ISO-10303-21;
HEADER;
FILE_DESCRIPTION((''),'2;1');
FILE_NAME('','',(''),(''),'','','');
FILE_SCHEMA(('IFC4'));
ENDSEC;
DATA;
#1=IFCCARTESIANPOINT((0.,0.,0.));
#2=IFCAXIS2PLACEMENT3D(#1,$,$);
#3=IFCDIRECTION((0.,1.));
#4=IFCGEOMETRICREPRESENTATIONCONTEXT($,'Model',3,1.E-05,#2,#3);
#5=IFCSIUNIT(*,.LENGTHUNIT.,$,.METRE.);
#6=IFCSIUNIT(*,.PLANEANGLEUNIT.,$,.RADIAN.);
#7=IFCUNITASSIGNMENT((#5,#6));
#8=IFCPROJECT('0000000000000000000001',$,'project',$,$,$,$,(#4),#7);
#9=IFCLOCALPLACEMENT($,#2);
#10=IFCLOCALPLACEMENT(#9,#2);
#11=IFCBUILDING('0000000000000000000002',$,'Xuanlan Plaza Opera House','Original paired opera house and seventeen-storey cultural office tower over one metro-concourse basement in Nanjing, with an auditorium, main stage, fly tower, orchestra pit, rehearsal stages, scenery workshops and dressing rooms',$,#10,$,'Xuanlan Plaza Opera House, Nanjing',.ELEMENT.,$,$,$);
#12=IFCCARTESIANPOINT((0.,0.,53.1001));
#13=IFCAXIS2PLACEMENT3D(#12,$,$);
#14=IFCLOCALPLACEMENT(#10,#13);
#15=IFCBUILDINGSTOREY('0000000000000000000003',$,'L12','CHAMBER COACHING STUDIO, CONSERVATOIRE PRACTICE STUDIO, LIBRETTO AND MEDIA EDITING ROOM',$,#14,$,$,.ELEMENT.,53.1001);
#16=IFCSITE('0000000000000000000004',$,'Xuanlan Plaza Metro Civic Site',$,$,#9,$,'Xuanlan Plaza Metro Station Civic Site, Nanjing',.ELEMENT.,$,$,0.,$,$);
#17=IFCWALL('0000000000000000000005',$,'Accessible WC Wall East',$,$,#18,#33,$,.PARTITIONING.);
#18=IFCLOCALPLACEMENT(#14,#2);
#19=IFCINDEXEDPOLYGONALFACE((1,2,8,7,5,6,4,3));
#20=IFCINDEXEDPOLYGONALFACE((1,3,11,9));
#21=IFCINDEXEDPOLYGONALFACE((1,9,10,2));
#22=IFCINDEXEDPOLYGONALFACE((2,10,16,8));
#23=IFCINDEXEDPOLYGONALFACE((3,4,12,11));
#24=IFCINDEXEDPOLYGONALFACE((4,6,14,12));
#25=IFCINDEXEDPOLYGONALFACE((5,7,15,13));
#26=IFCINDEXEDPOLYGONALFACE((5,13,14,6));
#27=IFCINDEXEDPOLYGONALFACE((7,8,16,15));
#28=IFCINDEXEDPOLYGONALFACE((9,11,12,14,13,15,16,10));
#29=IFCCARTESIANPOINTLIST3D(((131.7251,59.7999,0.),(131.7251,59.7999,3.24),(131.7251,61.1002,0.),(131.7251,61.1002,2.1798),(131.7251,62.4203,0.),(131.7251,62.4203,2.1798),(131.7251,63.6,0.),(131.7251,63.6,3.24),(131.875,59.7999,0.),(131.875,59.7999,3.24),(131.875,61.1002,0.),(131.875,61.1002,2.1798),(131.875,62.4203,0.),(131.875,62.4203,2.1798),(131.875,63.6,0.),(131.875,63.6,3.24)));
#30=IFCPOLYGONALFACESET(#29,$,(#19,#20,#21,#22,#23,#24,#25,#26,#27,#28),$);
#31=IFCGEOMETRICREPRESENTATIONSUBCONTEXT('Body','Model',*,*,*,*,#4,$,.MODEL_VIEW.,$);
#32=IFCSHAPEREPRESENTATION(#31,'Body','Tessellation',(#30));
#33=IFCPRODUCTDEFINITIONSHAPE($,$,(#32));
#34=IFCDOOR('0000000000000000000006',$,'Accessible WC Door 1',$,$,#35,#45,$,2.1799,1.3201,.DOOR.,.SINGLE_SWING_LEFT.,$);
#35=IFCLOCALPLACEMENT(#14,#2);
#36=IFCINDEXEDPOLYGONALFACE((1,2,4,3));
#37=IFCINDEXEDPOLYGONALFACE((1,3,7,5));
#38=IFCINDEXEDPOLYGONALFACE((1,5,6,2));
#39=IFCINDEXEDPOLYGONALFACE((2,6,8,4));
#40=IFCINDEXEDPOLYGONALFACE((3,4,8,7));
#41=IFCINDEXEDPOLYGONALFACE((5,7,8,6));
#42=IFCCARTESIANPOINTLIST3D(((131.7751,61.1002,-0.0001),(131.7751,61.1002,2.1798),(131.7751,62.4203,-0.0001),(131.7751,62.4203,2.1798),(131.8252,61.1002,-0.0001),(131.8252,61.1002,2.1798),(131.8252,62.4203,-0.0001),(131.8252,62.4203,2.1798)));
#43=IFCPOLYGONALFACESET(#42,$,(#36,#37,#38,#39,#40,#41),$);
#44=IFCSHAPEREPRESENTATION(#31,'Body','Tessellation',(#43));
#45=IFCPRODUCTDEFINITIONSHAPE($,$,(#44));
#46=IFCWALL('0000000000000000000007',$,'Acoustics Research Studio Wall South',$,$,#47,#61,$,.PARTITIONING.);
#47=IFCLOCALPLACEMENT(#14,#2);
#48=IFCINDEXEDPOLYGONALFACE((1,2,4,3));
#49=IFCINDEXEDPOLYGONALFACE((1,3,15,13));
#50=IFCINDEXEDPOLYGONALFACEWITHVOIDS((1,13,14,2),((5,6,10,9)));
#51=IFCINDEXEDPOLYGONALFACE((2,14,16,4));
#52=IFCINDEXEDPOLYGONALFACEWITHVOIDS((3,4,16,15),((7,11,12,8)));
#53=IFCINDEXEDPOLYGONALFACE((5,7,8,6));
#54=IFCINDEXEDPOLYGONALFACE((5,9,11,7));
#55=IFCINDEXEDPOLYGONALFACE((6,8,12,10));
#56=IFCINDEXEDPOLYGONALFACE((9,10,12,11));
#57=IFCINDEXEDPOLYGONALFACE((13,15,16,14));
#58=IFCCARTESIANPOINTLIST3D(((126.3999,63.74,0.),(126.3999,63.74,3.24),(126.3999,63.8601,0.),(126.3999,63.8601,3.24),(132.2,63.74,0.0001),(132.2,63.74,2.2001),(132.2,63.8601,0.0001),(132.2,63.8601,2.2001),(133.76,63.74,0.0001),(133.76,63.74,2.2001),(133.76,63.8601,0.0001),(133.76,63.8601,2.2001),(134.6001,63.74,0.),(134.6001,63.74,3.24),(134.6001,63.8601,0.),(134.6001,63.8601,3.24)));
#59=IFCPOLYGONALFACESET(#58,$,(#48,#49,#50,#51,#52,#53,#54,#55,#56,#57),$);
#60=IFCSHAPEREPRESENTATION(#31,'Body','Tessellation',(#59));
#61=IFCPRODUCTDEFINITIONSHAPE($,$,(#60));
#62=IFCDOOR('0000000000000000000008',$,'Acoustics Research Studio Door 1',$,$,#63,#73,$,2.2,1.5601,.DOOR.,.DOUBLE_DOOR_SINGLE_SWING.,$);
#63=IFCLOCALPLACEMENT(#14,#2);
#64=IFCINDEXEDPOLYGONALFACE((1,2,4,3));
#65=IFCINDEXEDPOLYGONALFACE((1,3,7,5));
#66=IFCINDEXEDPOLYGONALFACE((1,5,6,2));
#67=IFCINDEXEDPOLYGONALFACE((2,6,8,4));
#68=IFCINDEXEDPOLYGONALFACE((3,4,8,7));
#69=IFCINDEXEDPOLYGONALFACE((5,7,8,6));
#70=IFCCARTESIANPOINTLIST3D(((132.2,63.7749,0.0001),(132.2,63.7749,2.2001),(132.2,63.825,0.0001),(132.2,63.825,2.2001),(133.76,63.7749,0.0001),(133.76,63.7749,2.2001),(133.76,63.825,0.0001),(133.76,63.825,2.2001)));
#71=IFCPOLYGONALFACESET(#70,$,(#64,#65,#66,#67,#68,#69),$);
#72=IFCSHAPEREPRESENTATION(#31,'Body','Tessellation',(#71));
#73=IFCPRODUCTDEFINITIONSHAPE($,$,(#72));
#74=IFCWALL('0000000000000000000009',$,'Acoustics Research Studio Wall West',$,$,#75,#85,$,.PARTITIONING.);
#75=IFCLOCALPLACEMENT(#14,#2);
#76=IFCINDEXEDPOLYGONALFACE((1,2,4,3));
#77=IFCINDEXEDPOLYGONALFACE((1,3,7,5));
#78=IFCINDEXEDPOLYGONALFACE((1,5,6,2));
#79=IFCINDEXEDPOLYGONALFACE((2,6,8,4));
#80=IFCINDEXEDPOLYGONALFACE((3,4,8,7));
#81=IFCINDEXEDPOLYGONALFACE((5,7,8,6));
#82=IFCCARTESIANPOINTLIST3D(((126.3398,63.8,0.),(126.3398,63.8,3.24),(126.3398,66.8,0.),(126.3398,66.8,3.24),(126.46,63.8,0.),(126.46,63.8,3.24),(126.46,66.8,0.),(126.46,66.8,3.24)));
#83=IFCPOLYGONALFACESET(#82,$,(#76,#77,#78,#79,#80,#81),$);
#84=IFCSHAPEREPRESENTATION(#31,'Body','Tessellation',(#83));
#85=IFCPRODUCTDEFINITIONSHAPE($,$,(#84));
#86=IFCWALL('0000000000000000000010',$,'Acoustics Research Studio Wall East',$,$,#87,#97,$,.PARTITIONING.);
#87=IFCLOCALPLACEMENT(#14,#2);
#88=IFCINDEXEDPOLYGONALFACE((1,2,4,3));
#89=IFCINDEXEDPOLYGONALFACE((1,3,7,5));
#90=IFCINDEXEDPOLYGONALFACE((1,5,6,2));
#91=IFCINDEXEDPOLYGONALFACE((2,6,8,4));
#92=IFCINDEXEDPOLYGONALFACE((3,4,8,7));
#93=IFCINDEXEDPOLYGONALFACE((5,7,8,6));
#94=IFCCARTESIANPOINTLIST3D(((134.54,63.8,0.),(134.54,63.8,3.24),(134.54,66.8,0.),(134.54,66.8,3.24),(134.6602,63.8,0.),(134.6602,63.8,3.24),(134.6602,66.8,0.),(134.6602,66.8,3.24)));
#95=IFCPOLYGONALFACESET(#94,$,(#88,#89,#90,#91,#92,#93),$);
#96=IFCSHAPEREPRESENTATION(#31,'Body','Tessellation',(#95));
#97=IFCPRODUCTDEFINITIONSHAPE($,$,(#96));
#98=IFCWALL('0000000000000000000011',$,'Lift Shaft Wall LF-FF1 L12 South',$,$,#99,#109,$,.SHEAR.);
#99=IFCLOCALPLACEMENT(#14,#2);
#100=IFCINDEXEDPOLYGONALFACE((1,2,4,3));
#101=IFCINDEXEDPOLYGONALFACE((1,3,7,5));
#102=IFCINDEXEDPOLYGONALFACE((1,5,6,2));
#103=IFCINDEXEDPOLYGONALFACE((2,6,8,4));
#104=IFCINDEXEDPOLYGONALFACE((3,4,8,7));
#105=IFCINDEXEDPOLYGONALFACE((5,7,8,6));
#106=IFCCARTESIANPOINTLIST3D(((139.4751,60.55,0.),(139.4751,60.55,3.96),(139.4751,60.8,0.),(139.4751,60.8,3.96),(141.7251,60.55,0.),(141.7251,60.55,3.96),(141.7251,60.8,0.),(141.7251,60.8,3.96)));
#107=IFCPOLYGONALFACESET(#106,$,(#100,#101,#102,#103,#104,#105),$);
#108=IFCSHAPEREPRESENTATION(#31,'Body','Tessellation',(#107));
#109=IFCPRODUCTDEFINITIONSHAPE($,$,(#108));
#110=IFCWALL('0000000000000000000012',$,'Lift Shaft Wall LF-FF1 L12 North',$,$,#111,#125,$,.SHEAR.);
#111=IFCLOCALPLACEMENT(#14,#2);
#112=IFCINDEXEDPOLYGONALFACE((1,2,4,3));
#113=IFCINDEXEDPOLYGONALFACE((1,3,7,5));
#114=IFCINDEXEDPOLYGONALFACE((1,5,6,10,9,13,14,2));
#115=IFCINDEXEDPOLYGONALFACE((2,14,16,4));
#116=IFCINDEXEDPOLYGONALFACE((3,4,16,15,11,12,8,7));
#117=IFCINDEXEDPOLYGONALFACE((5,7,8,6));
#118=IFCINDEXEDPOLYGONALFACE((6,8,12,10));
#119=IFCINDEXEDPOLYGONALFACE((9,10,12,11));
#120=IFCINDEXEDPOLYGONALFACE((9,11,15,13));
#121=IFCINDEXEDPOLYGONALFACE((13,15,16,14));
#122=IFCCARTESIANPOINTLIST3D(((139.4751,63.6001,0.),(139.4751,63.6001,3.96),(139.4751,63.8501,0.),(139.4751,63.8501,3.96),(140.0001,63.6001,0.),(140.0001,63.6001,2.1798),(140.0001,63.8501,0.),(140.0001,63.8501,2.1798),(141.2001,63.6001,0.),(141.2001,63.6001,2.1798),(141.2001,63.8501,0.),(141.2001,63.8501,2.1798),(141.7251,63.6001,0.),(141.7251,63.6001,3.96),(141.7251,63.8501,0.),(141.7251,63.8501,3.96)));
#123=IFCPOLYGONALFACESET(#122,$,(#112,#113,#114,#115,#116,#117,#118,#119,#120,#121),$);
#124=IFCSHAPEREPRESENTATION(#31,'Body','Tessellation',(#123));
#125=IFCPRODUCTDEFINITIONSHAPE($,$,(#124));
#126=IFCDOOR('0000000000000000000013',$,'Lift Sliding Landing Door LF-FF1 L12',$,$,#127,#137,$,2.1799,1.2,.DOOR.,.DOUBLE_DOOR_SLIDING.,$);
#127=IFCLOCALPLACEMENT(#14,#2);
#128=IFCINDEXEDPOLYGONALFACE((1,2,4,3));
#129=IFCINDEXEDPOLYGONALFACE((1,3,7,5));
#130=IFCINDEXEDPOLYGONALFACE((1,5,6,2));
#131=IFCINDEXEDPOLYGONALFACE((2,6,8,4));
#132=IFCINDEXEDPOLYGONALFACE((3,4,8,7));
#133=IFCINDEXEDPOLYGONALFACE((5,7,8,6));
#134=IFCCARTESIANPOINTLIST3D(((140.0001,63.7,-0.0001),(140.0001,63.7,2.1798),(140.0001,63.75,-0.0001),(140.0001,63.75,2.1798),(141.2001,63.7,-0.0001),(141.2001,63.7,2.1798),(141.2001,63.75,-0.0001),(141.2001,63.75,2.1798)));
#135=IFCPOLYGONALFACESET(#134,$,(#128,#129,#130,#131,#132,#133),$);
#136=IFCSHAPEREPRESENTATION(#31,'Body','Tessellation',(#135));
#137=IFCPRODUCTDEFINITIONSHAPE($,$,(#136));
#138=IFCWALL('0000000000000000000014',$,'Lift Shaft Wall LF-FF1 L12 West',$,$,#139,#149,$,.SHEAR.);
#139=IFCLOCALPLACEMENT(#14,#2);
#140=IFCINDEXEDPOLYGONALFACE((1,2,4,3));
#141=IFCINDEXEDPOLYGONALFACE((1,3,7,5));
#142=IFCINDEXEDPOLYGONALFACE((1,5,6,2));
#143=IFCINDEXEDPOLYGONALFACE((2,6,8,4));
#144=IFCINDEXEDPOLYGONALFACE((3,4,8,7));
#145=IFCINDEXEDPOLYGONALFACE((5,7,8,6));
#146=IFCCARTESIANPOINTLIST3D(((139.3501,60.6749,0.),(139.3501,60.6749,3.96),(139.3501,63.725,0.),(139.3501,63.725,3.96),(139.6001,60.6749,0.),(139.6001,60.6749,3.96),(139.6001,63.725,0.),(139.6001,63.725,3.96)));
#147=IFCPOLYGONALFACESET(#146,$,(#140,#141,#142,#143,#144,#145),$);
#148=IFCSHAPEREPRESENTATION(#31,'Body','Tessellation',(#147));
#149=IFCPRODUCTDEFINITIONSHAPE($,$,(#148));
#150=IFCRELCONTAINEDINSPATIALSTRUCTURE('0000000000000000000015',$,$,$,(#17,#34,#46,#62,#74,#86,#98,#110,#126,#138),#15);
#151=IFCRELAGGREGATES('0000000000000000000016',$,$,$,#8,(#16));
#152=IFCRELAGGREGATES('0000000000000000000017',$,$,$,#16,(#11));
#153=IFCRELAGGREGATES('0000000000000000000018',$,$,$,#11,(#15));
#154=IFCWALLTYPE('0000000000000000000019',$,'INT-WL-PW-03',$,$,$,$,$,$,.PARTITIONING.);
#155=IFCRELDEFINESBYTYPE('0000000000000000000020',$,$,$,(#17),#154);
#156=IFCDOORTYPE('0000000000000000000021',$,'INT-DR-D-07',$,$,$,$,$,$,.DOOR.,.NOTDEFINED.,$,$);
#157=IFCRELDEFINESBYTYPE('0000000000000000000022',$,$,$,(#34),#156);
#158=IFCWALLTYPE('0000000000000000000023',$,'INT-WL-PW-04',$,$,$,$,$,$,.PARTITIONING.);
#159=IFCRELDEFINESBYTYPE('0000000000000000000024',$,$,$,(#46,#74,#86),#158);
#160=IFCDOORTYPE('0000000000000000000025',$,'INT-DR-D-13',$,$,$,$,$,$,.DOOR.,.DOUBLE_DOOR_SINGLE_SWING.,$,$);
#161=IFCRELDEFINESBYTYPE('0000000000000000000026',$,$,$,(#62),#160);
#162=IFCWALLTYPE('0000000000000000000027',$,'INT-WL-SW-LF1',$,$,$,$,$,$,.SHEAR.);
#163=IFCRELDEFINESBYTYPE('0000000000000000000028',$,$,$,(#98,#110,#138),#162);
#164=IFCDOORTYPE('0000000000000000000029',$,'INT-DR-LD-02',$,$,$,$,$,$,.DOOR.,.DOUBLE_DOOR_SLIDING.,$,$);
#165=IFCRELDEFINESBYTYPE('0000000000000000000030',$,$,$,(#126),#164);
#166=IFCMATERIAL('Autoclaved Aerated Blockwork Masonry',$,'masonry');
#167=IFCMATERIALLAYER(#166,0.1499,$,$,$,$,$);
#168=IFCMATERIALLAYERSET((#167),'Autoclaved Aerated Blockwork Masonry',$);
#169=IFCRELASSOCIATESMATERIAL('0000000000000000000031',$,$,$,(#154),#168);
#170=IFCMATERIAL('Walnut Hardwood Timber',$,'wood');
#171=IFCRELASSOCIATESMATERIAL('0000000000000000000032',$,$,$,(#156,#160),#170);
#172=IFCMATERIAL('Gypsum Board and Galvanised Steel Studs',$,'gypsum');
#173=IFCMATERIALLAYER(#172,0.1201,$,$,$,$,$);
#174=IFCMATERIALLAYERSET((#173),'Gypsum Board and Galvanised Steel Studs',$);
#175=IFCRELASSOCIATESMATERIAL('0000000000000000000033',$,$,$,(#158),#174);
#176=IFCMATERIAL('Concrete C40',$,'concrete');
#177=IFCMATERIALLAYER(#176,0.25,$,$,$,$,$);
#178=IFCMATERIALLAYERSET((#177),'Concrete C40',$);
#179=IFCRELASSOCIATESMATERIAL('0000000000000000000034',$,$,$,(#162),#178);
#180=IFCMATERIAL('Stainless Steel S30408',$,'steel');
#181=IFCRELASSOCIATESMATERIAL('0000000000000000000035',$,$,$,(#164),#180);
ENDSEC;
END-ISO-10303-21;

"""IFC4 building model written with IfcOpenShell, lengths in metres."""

from ifc_helpers import new_model, si_unit, direction, frame, frame_2d, origin, place, context, subcontext, project, spatial, rectangle, extrude, material, layer, layer_set, type_object, element, fill, save


model = new_model("IFC4")

# Units and contexts
model_context = context("Model", 3, precision=1e-05, world=origin(), true_north=direction((0.0, 1.0)))
body_context = subcontext(model_context, "Body", "Model", "MODEL_VIEW")
ifc_project = project(units=[si_unit("LENGTHUNIT", "METRE"), si_unit("PLANEANGLEUNIT", "RADIAN")], contexts=[model_context])

# Site, building, storey
site_placement = place(None, origin())
site = spatial("IfcSite", under=ifc_project, at=site_placement, Name="Xuanlan Plaza Metro Civic Site", LongName="Xuanlan Plaza Metro Station Civic Site, Nanjing", CompositionType="ELEMENT", RefElevation=0.0)
building_placement = place(site_placement, origin())
building = spatial("IfcBuilding", under=site, at=building_placement, Name="Xuanlan Plaza Opera House", Description="Original paired opera house and seventeen-storey cultural office tower over one metro-concourse basement in Nanjing, with an auditorium, main stage, fly tower, orchestra pit, rehearsal stages, scenery workshops and dressing rooms", LongName="Xuanlan Plaza Opera House, Nanjing", CompositionType="ELEMENT")
storey_placement = place(building_placement, frame((0.0, 0.0, 53.1001)))
storey = spatial("IfcBuildingStorey", under=building, at=storey_placement, Name="L12", Description="CHAMBER COACHING STUDIO, CONSERVATOIRE PRACTICE STUDIO, LIBRETTO AND MEDIA EDITING ROOM", CompositionType="ELEMENT", Elevation=53.1001)

# Shared definitions
ifc_material_1 = material(Name="Concrete C40", Category="concrete")

# Shared definitions
ifc_material_2 = material(Name="Autoclaved Aerated Blockwork Masonry", Category="masonry")
ifc_layer_1 = layer(ifc_material_2, 0.1499)
ifc_layer_set_1 = layer_set([ifc_layer_1], Name="Autoclaved Aerated Blockwork Masonry")
wall_type_1 = type_object("IfcWallType", Name="INT-WL-PW-03", PredefinedType="PARTITIONING", material=ifc_layer_set_1)

# Shared definitions
ifc_material_3 = material(Name="Walnut Hardwood Timber", Category="wood")

# Walls, openings, doors
wall_1_placement = place(storey_placement, frame((131.8, 59.8, 0.0), z_axis=(0.0, 0.0, 1.0), x_axis=(0.0, 1.0, 0.0)))
wall_1 = element("IfcWall", 1, at=wall_1_placement, inside=storey, type_object=wall_type_1, Name="Accessible WC Wall East", PredefinedType="PARTITIONING", context=body_context, shape_type="SweptSolid", body=[
    extrude(rectangle(XDim=3.8, YDim=0.1499, at=frame_2d((1.8999, 0.0))), origin(), (0.0, 0.0, 1.0), 3.24),
])
opening_1_placement = place(wall_1_placement, frame((1.3, 0.0, 0.0)))
opening_1 = element("IfcOpeningElement", 2, at=opening_1_placement, cuts=wall_1, PredefinedType="OPENING", context=body_context, shape_type="SweptSolid", body=[
    extrude(rectangle(XDim=1.3201, YDim=2.1799, at=frame_2d((0.6602, 1.0898))), frame((0.0, 0.085, 0.0), z_axis=(0.0, -1.0, 0.0), x_axis=(1.0, 0.0, 0.0)), (0.0, 0.0, 1.0), 0.1699),
])
door_type_1 = type_object("IfcDoorType", Name="INT-DR-D-07", OperationType="NOTDEFINED", PredefinedType="DOOR", material=ifc_material_3)
door_1_placement = place(opening_1_placement, origin())
door_1 = element("IfcDoor", 3, at=door_1_placement, inside=storey, type_object=door_type_1, Name="Accessible WC Door 1", OperationType="SINGLE_SWING_LEFT", OverallHeight=2.1799, OverallWidth=1.3201, PredefinedType="DOOR", context=body_context, shape_type="SweptSolid", body=[
    extrude(rectangle(XDim=1.3201, YDim=2.1799, at=frame_2d((0.6602, 1.0898))), frame((0.0, 0.0249, 0.0), z_axis=(0.0, -1.0, 0.0), x_axis=(1.0, 0.0, 0.0)), (0.0, 0.0, 1.0), 0.05),
])
fill(opening_1, door_1)
ifc_material_4 = material(Name="Gypsum Board and Galvanised Steel Studs", Category="gypsum")
ifc_layer_2 = layer(ifc_material_4, 0.1201)
ifc_layer_set_2 = layer_set([ifc_layer_2], Name="Gypsum Board and Galvanised Steel Studs")
wall_type_2 = type_object("IfcWallType", Name="INT-WL-PW-04", PredefinedType="PARTITIONING", material=ifc_layer_set_2)
wall_2_placement = place(storey_placement, frame((126.3999, 63.8, 0.0), z_axis=(0.0, 0.0, 1.0), x_axis=(1.0, 0.0, 0.0)))
wall_2 = element("IfcWall", 4, at=wall_2_placement, inside=storey, type_object=wall_type_2, Name="Acoustics Research Studio Wall South", PredefinedType="PARTITIONING", context=body_context, shape_type="SweptSolid", body=[
    extrude(rectangle(XDim=8.2002, YDim=0.1201, at=frame_2d((4.1001, 0.0))), origin(), (0.0, 0.0, 1.0), 3.24),
])
opening_2_placement = place(wall_2_placement, frame((5.8, 0.0, 0.0)))
opening_2 = element("IfcOpeningElement", 5, at=opening_2_placement, cuts=wall_2, PredefinedType="OPENING", context=body_context, shape_type="SweptSolid", body=[
    extrude(rectangle(XDim=1.5601, YDim=2.2, at=frame_2d((0.78, 1.1001))), frame((0.0, 0.0701, 0.0), z_axis=(0.0, -1.0, 0.0), x_axis=(1.0, 0.0, 0.0)), (0.0, 0.0, 1.0), 0.1401),
])
door_type_2 = type_object("IfcDoorType", Name="INT-DR-D-13", OperationType="DOUBLE_DOOR_SINGLE_SWING", PredefinedType="DOOR", material=ifc_material_3)
door_2_placement = place(opening_2_placement, origin())
door_2 = element("IfcDoor", 6, at=door_2_placement, inside=storey, type_object=door_type_2, Name="Acoustics Research Studio Door 1", OperationType="DOUBLE_DOOR_SINGLE_SWING", OverallHeight=2.2, OverallWidth=1.5601, PredefinedType="DOOR", context=body_context, shape_type="SweptSolid", body=[
    extrude(rectangle(XDim=1.5601, YDim=2.2, at=frame_2d((0.78, 1.1001))), frame((0.0, 0.0249, 0.0), z_axis=(0.0, -1.0, 0.0), x_axis=(1.0, 0.0, 0.0)), (0.0, 0.0, 1.0), 0.05),
])
fill(opening_2, door_2)

# Walls
for number, where, z_axis, x_axis, name in (
    (7, (126.3999, 63.8, 0.0), (0.0, 0.0, 1.0), (0.0, 1.0, 0.0), "Acoustics Research Studio Wall West"),
    (8, (134.6001, 63.8, 0.0), (0.0, 0.0, 1.0), (0.0, 1.0, 0.0), "Acoustics Research Studio Wall East"),
):
    element("IfcWall", number, at=place(storey_placement, frame(where, z_axis=z_axis, x_axis=x_axis)), inside=storey, type_object=wall_type_2, Name=name, PredefinedType="PARTITIONING", context=body_context, shape_type="SweptSolid", body=[
        extrude(rectangle(XDim=3.0, YDim=0.1201, at=frame_2d((1.5, 0.0))), origin(), (0.0, 0.0, 1.0), 3.24),
    ])
ifc_layer_3 = layer(ifc_material_1, 0.25)
ifc_layer_set_3 = layer_set([ifc_layer_3], Name="Concrete C40")
wall_type_3 = type_object("IfcWallType", Name="INT-WL-SW-LF1", PredefinedType="SHEAR", material=ifc_layer_set_3)
wall_3_placement = place(storey_placement, frame((139.4751, 60.675, 0.0), z_axis=(0.0, 0.0, 1.0), x_axis=(1.0, 0.0, 0.0)))
element("IfcWall", 9, at=wall_3_placement, inside=storey, type_object=wall_type_3, Name="Lift Shaft Wall LF-FF1 L12 South", PredefinedType="SHEAR", context=body_context, shape_type="SweptSolid", body=[
    extrude(rectangle(XDim=2.25, YDim=0.25, at=frame_2d((1.125, 0.0))), origin(), (0.0, 0.0, 1.0), 3.96),
])

# Wall, opening, door
wall_4_placement = place(storey_placement, frame((139.4751, 63.7251, 0.0), z_axis=(0.0, 0.0, 1.0), x_axis=(1.0, 0.0, 0.0)))
wall_4 = element("IfcWall", 10, at=wall_4_placement, inside=storey, type_object=wall_type_3, Name="Lift Shaft Wall LF-FF1 L12 North", PredefinedType="SHEAR", context=body_context, shape_type="SweptSolid", body=[
    extrude(rectangle(XDim=2.25, YDim=0.25, at=frame_2d((1.125, 0.0))), origin(), (0.0, 0.0, 1.0), 3.96),
])
opening_3_placement = place(wall_4_placement, frame((0.5249, 0.0, 0.0)))
opening_3 = element("IfcOpeningElement", 11, at=opening_3_placement, cuts=wall_4, PredefinedType="OPENING", context=body_context, shape_type="SweptSolid", body=[
    extrude(rectangle(XDim=1.2, YDim=2.1799, at=frame_2d((0.6001, 1.0898))), frame((0.0, 0.135, 0.0), z_axis=(0.0, -1.0, 0.0), x_axis=(1.0, 0.0, 0.0)), (0.0, 0.0, 1.0), 0.27),
])
ifc_material_5 = material(Name="Stainless Steel S30408", Category="steel")
door_type_3 = type_object("IfcDoorType", Name="INT-DR-LD-02", OperationType="DOUBLE_DOOR_SLIDING", PredefinedType="DOOR", material=ifc_material_5)
door_3_placement = place(opening_3_placement, origin())
door_3 = element("IfcDoor", 12, at=door_3_placement, inside=storey, type_object=door_type_3, Name="Lift Sliding Landing Door LF-FF1 L12", OperationType="DOUBLE_DOOR_SLIDING", OverallHeight=2.1799, OverallWidth=1.2, PredefinedType="DOOR", context=body_context, shape_type="SweptSolid", body=[
    extrude(rectangle(XDim=1.2, YDim=2.1799, at=frame_2d((0.6001, 1.0898))), frame((0.0, 0.0249, 0.0), z_axis=(0.0, -1.0, 0.0), x_axis=(1.0, 0.0, 0.0)), (0.0, 0.0, 1.0), 0.05),
])
fill(opening_3, door_3)

# Wall
wall_5_placement = place(storey_placement, frame((139.4751, 60.675, 0.0), z_axis=(0.0, 0.0, 1.0), x_axis=(0.0, 1.0, 0.0)))
element("IfcWall", 13, at=wall_5_placement, inside=storey, type_object=wall_type_3, Name="Lift Shaft Wall LF-FF1 L12 West", PredefinedType="SHEAR", context=body_context, shape_type="SweptSolid", body=[
    extrude(rectangle(XDim=3.05, YDim=0.25, at=frame_2d((1.5249, 0.0))), origin(), (0.0, 0.0, 1.0), 3.96),
])

save(model, "model.ifc")
